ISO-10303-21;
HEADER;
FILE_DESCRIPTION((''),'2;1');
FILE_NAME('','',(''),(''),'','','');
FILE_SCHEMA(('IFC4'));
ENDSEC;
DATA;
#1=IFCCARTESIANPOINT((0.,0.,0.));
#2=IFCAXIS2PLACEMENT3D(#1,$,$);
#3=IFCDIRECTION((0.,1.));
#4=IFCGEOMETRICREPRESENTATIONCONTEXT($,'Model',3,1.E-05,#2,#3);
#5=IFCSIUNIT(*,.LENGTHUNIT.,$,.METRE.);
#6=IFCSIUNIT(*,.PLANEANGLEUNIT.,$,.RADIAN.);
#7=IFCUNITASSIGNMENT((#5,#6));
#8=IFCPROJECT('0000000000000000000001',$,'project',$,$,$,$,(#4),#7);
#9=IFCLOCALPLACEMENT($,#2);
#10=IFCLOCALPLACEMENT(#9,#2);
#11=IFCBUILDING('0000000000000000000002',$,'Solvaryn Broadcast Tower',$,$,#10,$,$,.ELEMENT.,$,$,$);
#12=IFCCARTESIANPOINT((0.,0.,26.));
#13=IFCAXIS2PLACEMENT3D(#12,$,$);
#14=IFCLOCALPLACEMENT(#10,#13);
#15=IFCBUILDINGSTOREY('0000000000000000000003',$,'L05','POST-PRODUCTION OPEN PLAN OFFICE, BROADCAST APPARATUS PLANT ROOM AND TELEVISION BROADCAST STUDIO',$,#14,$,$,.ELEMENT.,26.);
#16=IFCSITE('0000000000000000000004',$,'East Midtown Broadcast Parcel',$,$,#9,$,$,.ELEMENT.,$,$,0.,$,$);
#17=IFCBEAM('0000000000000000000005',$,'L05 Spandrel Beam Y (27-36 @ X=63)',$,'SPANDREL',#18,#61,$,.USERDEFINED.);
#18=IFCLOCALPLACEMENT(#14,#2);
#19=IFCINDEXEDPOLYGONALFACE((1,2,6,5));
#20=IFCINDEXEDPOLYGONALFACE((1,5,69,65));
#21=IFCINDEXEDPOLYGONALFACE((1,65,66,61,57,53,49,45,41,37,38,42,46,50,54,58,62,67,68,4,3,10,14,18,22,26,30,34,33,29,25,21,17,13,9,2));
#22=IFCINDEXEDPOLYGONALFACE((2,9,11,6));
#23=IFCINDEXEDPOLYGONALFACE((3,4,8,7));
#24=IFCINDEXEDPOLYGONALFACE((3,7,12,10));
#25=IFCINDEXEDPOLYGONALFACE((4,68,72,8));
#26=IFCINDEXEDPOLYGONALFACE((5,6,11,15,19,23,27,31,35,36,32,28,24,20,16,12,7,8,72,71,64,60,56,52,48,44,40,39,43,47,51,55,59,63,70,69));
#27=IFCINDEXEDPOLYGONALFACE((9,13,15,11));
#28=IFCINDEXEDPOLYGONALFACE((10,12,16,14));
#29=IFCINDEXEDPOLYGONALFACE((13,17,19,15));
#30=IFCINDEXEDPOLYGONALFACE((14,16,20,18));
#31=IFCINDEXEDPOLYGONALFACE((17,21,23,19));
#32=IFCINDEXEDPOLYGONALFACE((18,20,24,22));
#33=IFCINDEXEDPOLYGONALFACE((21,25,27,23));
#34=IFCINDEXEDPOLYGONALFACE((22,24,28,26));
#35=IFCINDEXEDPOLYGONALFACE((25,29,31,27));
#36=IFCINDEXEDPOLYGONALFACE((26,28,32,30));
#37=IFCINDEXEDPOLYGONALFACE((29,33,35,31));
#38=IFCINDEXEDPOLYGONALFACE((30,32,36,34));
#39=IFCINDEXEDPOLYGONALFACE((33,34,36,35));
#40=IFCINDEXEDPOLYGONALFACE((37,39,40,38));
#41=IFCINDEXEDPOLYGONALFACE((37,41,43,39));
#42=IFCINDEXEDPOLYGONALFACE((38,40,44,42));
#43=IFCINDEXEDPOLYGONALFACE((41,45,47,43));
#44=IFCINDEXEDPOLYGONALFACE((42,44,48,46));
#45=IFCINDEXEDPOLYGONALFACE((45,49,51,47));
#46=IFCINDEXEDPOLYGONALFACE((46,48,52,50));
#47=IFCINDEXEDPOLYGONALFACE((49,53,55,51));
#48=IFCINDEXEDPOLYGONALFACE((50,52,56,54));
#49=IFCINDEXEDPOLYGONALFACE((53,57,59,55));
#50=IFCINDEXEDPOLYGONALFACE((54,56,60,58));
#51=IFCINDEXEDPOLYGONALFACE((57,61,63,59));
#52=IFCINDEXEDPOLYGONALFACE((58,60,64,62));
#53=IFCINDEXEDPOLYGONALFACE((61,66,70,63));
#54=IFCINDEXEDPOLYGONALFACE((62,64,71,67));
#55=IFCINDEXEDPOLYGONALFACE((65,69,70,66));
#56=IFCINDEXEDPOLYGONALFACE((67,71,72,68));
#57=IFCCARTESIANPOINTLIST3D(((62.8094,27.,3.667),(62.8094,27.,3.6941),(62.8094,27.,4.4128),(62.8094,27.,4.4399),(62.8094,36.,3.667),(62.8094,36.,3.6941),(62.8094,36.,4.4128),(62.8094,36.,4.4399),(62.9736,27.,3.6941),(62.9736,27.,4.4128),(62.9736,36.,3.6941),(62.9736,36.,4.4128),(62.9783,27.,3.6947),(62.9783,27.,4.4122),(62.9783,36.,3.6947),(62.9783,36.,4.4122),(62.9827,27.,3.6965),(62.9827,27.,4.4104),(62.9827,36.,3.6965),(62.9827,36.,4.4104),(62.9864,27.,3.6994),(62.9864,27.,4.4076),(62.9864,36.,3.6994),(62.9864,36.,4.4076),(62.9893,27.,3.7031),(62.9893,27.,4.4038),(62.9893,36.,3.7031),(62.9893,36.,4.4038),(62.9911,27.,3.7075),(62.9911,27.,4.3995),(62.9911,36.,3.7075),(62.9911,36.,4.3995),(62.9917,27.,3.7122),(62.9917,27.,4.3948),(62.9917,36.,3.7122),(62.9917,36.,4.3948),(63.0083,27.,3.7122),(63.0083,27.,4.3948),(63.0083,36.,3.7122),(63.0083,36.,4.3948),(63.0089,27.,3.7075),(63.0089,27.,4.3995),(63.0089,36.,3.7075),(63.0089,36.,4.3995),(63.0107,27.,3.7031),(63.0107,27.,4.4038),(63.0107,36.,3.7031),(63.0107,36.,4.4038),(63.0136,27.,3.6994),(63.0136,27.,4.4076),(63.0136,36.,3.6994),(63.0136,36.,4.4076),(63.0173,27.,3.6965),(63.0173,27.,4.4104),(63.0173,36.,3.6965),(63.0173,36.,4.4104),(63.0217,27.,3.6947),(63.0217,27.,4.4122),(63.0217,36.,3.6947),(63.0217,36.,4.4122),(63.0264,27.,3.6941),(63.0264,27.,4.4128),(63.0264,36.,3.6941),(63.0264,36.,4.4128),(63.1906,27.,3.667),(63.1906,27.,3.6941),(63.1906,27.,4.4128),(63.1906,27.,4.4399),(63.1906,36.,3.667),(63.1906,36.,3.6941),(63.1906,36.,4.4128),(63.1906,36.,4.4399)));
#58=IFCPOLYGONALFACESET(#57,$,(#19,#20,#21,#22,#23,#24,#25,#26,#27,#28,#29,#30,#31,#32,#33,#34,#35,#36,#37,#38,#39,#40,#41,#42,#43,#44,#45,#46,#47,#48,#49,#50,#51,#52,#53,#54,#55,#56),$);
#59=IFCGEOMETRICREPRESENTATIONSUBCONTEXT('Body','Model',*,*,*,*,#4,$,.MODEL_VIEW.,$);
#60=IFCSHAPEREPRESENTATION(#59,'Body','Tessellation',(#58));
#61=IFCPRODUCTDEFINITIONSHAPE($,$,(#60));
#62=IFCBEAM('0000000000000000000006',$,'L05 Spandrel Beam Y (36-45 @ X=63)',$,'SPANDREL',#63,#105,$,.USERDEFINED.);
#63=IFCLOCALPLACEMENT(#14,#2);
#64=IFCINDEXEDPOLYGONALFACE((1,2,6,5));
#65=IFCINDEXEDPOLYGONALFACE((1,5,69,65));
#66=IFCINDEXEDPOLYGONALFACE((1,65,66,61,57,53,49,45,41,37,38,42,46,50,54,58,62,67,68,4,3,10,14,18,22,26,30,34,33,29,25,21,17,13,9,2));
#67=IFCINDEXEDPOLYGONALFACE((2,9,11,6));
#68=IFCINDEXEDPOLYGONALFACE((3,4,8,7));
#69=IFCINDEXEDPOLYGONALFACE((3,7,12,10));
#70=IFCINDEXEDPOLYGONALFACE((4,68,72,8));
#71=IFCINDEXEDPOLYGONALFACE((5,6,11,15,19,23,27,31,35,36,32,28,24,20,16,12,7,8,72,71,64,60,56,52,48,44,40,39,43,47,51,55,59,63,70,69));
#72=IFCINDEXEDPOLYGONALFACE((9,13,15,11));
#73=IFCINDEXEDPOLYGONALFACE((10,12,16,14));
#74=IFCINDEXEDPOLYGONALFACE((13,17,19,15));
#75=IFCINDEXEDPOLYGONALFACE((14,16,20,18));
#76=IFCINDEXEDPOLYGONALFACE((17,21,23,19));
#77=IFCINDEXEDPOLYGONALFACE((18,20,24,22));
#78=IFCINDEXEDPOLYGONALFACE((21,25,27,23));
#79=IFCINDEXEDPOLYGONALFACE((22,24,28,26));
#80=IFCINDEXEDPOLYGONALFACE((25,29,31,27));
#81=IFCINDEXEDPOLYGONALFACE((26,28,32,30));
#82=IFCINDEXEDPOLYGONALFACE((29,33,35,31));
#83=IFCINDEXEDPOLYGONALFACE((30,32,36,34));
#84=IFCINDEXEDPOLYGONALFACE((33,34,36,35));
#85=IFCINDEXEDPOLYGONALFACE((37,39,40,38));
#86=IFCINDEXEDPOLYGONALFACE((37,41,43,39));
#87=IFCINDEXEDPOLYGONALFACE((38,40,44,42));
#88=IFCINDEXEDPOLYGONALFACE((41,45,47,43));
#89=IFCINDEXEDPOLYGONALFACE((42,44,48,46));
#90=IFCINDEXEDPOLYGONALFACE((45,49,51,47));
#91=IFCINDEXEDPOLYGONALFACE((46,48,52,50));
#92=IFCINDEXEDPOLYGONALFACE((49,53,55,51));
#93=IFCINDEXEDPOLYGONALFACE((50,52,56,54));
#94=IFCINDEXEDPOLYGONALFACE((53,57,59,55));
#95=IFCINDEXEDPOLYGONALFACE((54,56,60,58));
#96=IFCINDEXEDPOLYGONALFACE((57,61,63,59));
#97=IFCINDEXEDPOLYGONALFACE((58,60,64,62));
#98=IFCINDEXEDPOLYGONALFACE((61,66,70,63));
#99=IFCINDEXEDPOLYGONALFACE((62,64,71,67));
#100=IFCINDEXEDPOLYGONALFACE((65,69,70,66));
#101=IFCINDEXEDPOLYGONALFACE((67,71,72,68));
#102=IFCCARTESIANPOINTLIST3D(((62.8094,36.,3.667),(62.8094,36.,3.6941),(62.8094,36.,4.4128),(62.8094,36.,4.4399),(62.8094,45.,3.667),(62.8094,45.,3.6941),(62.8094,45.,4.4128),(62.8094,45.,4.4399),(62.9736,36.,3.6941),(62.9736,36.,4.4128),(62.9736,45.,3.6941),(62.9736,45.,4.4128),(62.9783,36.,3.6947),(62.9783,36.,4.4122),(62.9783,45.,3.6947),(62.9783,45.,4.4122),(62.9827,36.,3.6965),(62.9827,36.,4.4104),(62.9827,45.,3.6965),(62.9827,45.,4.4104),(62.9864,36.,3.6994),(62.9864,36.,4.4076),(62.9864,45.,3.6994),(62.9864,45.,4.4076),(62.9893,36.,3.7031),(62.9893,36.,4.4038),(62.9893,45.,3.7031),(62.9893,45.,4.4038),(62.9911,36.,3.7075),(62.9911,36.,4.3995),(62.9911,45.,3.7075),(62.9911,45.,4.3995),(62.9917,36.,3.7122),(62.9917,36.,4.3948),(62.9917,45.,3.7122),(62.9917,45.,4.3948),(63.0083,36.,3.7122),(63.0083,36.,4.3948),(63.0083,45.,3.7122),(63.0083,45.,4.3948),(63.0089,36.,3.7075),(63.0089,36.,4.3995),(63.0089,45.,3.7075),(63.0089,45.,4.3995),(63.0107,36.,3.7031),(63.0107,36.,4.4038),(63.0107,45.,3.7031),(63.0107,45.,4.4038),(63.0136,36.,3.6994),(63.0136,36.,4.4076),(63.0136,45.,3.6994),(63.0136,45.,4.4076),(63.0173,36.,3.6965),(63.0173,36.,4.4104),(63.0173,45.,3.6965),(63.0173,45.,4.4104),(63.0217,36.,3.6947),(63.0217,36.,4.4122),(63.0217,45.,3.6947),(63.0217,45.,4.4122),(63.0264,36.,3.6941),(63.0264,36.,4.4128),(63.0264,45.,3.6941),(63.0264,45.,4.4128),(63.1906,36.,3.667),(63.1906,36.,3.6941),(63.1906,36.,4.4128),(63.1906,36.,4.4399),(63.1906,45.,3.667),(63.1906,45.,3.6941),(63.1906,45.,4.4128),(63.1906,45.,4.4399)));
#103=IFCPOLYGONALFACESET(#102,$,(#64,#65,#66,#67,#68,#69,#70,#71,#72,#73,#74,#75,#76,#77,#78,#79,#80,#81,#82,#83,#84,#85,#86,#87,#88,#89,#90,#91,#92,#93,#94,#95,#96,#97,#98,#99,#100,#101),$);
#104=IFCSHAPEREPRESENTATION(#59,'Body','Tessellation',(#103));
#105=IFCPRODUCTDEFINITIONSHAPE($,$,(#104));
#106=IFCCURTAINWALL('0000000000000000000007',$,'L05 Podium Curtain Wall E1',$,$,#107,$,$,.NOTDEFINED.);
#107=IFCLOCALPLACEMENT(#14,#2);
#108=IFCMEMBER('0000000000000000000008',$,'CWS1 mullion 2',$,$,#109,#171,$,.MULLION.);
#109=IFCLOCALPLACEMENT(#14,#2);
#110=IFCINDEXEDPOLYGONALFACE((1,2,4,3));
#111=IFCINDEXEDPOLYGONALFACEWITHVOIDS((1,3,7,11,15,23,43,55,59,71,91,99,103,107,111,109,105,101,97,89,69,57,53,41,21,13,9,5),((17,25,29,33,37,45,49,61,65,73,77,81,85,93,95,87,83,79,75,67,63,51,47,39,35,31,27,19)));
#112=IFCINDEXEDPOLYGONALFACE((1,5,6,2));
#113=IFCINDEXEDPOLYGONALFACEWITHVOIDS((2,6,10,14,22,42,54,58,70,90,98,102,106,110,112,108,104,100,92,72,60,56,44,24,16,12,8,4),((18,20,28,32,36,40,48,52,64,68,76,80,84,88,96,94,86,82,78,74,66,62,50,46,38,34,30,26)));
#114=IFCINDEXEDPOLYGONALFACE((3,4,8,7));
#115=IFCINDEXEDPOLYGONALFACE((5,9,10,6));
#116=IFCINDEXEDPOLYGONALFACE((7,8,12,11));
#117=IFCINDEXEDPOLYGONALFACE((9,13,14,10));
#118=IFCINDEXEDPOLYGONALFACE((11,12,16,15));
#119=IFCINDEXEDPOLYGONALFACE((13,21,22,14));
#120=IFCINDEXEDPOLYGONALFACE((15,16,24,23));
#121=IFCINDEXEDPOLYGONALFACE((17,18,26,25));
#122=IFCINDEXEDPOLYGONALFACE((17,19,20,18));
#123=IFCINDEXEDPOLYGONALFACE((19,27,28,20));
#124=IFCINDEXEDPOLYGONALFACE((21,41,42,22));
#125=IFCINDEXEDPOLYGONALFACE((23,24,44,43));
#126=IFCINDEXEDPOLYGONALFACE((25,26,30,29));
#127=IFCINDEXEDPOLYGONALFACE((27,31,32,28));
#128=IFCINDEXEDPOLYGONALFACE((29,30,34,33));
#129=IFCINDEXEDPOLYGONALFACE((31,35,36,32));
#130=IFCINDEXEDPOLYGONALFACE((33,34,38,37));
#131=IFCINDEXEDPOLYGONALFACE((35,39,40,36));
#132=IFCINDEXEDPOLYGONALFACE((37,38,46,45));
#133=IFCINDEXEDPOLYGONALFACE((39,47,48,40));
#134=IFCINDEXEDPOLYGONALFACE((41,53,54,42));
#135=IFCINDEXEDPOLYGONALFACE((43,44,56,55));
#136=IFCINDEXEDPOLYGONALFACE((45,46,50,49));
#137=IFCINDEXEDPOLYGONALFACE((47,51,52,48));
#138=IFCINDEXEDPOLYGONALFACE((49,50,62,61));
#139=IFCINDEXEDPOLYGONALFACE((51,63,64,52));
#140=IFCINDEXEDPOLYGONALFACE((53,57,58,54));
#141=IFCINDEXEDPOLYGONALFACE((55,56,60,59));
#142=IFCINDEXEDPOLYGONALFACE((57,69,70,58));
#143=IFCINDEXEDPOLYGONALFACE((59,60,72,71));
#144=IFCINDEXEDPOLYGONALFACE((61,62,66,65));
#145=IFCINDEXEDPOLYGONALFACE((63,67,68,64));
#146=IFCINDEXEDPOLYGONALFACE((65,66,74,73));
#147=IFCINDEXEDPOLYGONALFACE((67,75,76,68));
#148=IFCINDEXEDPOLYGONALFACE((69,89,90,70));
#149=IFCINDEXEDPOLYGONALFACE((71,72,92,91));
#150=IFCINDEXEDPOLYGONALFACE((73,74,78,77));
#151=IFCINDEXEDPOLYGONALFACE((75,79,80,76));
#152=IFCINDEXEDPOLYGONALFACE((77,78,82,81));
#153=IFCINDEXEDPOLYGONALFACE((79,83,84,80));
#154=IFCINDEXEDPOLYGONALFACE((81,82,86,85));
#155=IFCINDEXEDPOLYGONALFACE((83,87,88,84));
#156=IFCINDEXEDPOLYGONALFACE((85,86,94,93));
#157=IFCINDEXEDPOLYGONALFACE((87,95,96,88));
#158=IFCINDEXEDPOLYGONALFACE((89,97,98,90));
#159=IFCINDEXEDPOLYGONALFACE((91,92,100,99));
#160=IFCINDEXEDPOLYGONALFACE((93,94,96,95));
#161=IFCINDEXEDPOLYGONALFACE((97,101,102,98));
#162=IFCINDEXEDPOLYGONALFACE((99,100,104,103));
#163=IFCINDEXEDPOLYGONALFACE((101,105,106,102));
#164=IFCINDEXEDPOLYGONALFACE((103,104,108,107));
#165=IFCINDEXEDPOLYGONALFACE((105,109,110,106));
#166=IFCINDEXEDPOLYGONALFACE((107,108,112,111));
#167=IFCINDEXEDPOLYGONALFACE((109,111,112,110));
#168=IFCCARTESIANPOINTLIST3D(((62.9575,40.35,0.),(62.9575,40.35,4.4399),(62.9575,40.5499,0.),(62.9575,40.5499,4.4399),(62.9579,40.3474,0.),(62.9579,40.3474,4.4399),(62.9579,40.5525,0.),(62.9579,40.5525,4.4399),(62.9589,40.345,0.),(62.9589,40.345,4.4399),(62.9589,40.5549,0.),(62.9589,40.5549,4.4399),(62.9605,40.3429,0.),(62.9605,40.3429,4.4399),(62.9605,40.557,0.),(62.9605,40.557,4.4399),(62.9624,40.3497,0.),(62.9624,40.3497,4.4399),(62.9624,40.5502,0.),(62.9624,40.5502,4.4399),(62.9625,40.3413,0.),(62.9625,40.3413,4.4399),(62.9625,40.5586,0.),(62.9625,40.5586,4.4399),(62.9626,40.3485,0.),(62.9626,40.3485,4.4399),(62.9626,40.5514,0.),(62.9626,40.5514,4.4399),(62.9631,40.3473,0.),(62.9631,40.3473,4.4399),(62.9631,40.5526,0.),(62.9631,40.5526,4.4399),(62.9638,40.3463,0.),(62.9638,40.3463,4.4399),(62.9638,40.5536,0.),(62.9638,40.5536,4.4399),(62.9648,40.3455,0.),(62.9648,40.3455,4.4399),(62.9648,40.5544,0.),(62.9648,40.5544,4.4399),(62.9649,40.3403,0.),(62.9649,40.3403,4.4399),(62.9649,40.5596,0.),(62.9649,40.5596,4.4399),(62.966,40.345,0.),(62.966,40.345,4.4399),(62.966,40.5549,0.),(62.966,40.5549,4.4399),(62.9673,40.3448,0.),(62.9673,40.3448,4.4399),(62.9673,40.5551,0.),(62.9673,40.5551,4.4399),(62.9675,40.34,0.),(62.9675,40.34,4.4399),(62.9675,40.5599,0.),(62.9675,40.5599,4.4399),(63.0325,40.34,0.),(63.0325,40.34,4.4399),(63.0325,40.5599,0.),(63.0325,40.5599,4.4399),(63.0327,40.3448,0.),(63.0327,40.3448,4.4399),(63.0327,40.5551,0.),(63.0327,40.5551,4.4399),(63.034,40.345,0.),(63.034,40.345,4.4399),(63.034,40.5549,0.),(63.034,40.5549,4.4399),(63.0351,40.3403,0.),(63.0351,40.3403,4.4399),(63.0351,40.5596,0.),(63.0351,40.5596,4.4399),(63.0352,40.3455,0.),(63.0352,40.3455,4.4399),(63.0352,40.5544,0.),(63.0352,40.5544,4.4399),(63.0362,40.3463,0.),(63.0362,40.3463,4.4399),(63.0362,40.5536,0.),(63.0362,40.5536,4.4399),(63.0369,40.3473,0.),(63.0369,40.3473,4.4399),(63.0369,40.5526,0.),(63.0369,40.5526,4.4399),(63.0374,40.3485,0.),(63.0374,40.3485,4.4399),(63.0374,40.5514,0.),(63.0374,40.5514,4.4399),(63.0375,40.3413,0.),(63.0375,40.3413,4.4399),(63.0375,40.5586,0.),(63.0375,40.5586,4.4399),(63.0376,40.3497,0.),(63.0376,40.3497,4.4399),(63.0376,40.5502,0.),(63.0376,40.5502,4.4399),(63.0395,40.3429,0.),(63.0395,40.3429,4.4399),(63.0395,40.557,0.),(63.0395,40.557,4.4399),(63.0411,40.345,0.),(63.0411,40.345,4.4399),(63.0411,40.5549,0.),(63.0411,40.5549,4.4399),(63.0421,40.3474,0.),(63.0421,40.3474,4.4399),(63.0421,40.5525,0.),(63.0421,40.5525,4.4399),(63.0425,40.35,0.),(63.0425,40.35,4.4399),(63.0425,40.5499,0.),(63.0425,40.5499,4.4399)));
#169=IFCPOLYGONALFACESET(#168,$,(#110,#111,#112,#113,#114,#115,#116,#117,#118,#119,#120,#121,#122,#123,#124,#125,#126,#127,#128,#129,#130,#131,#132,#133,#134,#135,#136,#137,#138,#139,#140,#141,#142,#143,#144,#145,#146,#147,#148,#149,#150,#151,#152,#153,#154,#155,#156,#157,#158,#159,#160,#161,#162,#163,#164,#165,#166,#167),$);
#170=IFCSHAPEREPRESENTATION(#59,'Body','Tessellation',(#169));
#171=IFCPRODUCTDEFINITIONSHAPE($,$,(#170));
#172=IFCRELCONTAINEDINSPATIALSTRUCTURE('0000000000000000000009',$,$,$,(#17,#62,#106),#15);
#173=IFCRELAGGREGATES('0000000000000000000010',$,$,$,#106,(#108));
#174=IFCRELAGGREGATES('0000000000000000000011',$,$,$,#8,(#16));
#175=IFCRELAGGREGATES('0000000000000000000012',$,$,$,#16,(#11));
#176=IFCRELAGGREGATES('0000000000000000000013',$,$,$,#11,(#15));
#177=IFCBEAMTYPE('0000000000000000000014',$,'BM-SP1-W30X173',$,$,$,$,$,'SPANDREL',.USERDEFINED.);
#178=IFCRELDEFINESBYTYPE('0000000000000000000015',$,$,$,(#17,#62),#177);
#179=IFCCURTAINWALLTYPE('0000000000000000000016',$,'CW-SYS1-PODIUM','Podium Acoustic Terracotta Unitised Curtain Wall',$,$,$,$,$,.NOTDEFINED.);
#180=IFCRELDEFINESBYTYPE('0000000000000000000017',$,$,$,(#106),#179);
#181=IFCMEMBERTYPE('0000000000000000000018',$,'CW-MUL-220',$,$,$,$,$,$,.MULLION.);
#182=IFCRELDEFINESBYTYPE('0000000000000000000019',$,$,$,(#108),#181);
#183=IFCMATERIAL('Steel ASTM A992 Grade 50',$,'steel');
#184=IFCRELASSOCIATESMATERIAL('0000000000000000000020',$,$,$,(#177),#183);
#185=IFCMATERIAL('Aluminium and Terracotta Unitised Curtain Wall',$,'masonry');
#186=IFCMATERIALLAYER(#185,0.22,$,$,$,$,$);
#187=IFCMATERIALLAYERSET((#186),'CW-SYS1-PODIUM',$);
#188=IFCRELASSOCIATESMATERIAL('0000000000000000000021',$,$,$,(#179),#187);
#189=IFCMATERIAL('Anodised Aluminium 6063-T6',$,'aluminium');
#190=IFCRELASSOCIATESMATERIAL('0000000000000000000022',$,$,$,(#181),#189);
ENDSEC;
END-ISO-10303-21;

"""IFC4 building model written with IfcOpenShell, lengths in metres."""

from ifc_helpers import new_model, si_unit, direction, frame, origin, origin_2d, place, context, subcontext, project, spatial, hollow_rectangle, i_section, extrude, material, layer, layer_set, material_profile, profile_set, type_object, element, aggregate, save


model = new_model("IFC4")

# Units and contexts
model_context = context("Model", 3, precision=1e-05, world=origin(), true_north=direction((0.0, 1.0)))
body_context = subcontext(model_context, "Body", "Model", "MODEL_VIEW")
ifc_project = project(units=[si_unit("LENGTHUNIT", "METRE"), si_unit("PLANEANGLEUNIT", "RADIAN")], contexts=[model_context])

# Site, building, storey
site_placement = place(None, origin())
site = spatial("IfcSite", under=ifc_project, at=site_placement, Name="East Midtown Broadcast Parcel", CompositionType="ELEMENT", RefElevation=0.0)
building_placement = place(site_placement, origin())
building = spatial("IfcBuilding", under=site, at=building_placement, Name="Solvaryn Broadcast Tower", CompositionType="ELEMENT")
storey_placement = place(building_placement, frame((0.0, 0.0, 26.0)))
storey = spatial("IfcBuildingStorey", under=building, at=storey_placement, Name="L05", Description="POST-PRODUCTION OPEN PLAN OFFICE, BROADCAST APPARATUS PLANT ROOM AND TELEVISION BROADCAST STUDIO", CompositionType="ELEMENT", Elevation=26.0)

# Beams
ifc_material_1 = material(Name="Steel ASTM A992 Grade 50", Category="steel")
ifc_material_profile_1 = material_profile(ifc_material_1, i_section(OverallWidth=0.3811, OverallDepth=0.7729, WebThickness=0.0166, FlangeThickness=0.0271, FilletRadius=0.0181, at=origin_2d()))
ifc_profile_set_1 = profile_set([ifc_material_profile_1], Name="Steel ASTM A992 Grade 50")
beam_type_1 = type_object("IfcBeamType", Name="BM-SP1-W30X173", ElementType="SPANDREL", PredefinedType="USERDEFINED", material=ifc_profile_set_1)
for number, where, z_axis, x_axis, name in (
    (1, (63.0, 27.0, 4.0535), (0.0, 1.0, 0.0), (-1.0, 0.0, 0.0), "L05 Spandrel Beam Y (27-36 @ X=63)"),
    (2, (63.0, 36.0, 4.0535), (0.0, 1.0, 0.0), (-1.0, 0.0, 0.0), "L05 Spandrel Beam Y (36-45 @ X=63)"),
):
    element("IfcBeam", number, at=place(storey_placement, frame(where, z_axis=z_axis, x_axis=x_axis)), inside=storey, type_object=beam_type_1, Name=name, ObjectType="SPANDREL", PredefinedType="USERDEFINED", context=body_context, shape_type="SweptSolid", body=[
        extrude(i_section(OverallWidth=0.3811, OverallDepth=0.7729, WebThickness=0.0166, FlangeThickness=0.0271, FilletRadius=0.0181, at=origin_2d()), origin(), (0.0, 0.0, 1.0), 9.0),
    ])

# Curtain wall, member
ifc_material_2 = material(Name="Aluminium and Terracotta Unitised Curtain Wall", Category="masonry")
ifc_layer_1 = layer(ifc_material_2, 0.22)
ifc_layer_set_1 = layer_set([ifc_layer_1], Name="CW-SYS1-PODIUM")
curtain_wall_type = type_object("IfcCurtainWallType", Name="CW-SYS1-PODIUM", Description="Podium Acoustic Terracotta Unitised Curtain Wall", PredefinedType="NOTDEFINED", material=ifc_layer_set_1)
curtain_wall_1_placement = place(storey_placement, origin())
curtain_wall_1 = element("IfcCurtainWall", 3, at=curtain_wall_1_placement, inside=storey, type_object=curtain_wall_type, Name="L05 Podium Curtain Wall E1", PredefinedType="NOTDEFINED")
ifc_material_3 = material(Name="Anodised Aluminium 6063-T6", Category="aluminium")
ifc_material_profile_2 = material_profile(ifc_material_3, hollow_rectangle(XDim=0.085, YDim=0.22, WallThickness=0.0049, InnerFilletRadius=0.0049, OuterFilletRadius=0.01, at=origin_2d()))
ifc_profile_set_2 = profile_set([ifc_material_profile_2], Name="Anodised Aluminium 6063-T6")
member_type_1 = type_object("IfcMemberType", Name="CW-MUL-220", PredefinedType="MULLION", material=ifc_profile_set_2)
member_1_placement = place(storey_placement, frame((63.0, 40.45, 0.0), z_axis=(0.0, 0.0, 1.0), x_axis=(1.0, 0.0, 0.0)))
member_1 = element("IfcMember", 4, at=member_1_placement, type_object=member_type_1, Name="CWS1 mullion 2", PredefinedType="MULLION", context=body_context, shape_type="SweptSolid", body=[
    extrude(hollow_rectangle(XDim=0.085, YDim=0.22, WallThickness=0.0049, InnerFilletRadius=0.0049, OuterFilletRadius=0.01, at=origin_2d()), origin(), (0.0, 0.0, 1.0), 4.4399),
])

aggregate(curtain_wall_1, [member_1])

save(model, "model.ifc")
